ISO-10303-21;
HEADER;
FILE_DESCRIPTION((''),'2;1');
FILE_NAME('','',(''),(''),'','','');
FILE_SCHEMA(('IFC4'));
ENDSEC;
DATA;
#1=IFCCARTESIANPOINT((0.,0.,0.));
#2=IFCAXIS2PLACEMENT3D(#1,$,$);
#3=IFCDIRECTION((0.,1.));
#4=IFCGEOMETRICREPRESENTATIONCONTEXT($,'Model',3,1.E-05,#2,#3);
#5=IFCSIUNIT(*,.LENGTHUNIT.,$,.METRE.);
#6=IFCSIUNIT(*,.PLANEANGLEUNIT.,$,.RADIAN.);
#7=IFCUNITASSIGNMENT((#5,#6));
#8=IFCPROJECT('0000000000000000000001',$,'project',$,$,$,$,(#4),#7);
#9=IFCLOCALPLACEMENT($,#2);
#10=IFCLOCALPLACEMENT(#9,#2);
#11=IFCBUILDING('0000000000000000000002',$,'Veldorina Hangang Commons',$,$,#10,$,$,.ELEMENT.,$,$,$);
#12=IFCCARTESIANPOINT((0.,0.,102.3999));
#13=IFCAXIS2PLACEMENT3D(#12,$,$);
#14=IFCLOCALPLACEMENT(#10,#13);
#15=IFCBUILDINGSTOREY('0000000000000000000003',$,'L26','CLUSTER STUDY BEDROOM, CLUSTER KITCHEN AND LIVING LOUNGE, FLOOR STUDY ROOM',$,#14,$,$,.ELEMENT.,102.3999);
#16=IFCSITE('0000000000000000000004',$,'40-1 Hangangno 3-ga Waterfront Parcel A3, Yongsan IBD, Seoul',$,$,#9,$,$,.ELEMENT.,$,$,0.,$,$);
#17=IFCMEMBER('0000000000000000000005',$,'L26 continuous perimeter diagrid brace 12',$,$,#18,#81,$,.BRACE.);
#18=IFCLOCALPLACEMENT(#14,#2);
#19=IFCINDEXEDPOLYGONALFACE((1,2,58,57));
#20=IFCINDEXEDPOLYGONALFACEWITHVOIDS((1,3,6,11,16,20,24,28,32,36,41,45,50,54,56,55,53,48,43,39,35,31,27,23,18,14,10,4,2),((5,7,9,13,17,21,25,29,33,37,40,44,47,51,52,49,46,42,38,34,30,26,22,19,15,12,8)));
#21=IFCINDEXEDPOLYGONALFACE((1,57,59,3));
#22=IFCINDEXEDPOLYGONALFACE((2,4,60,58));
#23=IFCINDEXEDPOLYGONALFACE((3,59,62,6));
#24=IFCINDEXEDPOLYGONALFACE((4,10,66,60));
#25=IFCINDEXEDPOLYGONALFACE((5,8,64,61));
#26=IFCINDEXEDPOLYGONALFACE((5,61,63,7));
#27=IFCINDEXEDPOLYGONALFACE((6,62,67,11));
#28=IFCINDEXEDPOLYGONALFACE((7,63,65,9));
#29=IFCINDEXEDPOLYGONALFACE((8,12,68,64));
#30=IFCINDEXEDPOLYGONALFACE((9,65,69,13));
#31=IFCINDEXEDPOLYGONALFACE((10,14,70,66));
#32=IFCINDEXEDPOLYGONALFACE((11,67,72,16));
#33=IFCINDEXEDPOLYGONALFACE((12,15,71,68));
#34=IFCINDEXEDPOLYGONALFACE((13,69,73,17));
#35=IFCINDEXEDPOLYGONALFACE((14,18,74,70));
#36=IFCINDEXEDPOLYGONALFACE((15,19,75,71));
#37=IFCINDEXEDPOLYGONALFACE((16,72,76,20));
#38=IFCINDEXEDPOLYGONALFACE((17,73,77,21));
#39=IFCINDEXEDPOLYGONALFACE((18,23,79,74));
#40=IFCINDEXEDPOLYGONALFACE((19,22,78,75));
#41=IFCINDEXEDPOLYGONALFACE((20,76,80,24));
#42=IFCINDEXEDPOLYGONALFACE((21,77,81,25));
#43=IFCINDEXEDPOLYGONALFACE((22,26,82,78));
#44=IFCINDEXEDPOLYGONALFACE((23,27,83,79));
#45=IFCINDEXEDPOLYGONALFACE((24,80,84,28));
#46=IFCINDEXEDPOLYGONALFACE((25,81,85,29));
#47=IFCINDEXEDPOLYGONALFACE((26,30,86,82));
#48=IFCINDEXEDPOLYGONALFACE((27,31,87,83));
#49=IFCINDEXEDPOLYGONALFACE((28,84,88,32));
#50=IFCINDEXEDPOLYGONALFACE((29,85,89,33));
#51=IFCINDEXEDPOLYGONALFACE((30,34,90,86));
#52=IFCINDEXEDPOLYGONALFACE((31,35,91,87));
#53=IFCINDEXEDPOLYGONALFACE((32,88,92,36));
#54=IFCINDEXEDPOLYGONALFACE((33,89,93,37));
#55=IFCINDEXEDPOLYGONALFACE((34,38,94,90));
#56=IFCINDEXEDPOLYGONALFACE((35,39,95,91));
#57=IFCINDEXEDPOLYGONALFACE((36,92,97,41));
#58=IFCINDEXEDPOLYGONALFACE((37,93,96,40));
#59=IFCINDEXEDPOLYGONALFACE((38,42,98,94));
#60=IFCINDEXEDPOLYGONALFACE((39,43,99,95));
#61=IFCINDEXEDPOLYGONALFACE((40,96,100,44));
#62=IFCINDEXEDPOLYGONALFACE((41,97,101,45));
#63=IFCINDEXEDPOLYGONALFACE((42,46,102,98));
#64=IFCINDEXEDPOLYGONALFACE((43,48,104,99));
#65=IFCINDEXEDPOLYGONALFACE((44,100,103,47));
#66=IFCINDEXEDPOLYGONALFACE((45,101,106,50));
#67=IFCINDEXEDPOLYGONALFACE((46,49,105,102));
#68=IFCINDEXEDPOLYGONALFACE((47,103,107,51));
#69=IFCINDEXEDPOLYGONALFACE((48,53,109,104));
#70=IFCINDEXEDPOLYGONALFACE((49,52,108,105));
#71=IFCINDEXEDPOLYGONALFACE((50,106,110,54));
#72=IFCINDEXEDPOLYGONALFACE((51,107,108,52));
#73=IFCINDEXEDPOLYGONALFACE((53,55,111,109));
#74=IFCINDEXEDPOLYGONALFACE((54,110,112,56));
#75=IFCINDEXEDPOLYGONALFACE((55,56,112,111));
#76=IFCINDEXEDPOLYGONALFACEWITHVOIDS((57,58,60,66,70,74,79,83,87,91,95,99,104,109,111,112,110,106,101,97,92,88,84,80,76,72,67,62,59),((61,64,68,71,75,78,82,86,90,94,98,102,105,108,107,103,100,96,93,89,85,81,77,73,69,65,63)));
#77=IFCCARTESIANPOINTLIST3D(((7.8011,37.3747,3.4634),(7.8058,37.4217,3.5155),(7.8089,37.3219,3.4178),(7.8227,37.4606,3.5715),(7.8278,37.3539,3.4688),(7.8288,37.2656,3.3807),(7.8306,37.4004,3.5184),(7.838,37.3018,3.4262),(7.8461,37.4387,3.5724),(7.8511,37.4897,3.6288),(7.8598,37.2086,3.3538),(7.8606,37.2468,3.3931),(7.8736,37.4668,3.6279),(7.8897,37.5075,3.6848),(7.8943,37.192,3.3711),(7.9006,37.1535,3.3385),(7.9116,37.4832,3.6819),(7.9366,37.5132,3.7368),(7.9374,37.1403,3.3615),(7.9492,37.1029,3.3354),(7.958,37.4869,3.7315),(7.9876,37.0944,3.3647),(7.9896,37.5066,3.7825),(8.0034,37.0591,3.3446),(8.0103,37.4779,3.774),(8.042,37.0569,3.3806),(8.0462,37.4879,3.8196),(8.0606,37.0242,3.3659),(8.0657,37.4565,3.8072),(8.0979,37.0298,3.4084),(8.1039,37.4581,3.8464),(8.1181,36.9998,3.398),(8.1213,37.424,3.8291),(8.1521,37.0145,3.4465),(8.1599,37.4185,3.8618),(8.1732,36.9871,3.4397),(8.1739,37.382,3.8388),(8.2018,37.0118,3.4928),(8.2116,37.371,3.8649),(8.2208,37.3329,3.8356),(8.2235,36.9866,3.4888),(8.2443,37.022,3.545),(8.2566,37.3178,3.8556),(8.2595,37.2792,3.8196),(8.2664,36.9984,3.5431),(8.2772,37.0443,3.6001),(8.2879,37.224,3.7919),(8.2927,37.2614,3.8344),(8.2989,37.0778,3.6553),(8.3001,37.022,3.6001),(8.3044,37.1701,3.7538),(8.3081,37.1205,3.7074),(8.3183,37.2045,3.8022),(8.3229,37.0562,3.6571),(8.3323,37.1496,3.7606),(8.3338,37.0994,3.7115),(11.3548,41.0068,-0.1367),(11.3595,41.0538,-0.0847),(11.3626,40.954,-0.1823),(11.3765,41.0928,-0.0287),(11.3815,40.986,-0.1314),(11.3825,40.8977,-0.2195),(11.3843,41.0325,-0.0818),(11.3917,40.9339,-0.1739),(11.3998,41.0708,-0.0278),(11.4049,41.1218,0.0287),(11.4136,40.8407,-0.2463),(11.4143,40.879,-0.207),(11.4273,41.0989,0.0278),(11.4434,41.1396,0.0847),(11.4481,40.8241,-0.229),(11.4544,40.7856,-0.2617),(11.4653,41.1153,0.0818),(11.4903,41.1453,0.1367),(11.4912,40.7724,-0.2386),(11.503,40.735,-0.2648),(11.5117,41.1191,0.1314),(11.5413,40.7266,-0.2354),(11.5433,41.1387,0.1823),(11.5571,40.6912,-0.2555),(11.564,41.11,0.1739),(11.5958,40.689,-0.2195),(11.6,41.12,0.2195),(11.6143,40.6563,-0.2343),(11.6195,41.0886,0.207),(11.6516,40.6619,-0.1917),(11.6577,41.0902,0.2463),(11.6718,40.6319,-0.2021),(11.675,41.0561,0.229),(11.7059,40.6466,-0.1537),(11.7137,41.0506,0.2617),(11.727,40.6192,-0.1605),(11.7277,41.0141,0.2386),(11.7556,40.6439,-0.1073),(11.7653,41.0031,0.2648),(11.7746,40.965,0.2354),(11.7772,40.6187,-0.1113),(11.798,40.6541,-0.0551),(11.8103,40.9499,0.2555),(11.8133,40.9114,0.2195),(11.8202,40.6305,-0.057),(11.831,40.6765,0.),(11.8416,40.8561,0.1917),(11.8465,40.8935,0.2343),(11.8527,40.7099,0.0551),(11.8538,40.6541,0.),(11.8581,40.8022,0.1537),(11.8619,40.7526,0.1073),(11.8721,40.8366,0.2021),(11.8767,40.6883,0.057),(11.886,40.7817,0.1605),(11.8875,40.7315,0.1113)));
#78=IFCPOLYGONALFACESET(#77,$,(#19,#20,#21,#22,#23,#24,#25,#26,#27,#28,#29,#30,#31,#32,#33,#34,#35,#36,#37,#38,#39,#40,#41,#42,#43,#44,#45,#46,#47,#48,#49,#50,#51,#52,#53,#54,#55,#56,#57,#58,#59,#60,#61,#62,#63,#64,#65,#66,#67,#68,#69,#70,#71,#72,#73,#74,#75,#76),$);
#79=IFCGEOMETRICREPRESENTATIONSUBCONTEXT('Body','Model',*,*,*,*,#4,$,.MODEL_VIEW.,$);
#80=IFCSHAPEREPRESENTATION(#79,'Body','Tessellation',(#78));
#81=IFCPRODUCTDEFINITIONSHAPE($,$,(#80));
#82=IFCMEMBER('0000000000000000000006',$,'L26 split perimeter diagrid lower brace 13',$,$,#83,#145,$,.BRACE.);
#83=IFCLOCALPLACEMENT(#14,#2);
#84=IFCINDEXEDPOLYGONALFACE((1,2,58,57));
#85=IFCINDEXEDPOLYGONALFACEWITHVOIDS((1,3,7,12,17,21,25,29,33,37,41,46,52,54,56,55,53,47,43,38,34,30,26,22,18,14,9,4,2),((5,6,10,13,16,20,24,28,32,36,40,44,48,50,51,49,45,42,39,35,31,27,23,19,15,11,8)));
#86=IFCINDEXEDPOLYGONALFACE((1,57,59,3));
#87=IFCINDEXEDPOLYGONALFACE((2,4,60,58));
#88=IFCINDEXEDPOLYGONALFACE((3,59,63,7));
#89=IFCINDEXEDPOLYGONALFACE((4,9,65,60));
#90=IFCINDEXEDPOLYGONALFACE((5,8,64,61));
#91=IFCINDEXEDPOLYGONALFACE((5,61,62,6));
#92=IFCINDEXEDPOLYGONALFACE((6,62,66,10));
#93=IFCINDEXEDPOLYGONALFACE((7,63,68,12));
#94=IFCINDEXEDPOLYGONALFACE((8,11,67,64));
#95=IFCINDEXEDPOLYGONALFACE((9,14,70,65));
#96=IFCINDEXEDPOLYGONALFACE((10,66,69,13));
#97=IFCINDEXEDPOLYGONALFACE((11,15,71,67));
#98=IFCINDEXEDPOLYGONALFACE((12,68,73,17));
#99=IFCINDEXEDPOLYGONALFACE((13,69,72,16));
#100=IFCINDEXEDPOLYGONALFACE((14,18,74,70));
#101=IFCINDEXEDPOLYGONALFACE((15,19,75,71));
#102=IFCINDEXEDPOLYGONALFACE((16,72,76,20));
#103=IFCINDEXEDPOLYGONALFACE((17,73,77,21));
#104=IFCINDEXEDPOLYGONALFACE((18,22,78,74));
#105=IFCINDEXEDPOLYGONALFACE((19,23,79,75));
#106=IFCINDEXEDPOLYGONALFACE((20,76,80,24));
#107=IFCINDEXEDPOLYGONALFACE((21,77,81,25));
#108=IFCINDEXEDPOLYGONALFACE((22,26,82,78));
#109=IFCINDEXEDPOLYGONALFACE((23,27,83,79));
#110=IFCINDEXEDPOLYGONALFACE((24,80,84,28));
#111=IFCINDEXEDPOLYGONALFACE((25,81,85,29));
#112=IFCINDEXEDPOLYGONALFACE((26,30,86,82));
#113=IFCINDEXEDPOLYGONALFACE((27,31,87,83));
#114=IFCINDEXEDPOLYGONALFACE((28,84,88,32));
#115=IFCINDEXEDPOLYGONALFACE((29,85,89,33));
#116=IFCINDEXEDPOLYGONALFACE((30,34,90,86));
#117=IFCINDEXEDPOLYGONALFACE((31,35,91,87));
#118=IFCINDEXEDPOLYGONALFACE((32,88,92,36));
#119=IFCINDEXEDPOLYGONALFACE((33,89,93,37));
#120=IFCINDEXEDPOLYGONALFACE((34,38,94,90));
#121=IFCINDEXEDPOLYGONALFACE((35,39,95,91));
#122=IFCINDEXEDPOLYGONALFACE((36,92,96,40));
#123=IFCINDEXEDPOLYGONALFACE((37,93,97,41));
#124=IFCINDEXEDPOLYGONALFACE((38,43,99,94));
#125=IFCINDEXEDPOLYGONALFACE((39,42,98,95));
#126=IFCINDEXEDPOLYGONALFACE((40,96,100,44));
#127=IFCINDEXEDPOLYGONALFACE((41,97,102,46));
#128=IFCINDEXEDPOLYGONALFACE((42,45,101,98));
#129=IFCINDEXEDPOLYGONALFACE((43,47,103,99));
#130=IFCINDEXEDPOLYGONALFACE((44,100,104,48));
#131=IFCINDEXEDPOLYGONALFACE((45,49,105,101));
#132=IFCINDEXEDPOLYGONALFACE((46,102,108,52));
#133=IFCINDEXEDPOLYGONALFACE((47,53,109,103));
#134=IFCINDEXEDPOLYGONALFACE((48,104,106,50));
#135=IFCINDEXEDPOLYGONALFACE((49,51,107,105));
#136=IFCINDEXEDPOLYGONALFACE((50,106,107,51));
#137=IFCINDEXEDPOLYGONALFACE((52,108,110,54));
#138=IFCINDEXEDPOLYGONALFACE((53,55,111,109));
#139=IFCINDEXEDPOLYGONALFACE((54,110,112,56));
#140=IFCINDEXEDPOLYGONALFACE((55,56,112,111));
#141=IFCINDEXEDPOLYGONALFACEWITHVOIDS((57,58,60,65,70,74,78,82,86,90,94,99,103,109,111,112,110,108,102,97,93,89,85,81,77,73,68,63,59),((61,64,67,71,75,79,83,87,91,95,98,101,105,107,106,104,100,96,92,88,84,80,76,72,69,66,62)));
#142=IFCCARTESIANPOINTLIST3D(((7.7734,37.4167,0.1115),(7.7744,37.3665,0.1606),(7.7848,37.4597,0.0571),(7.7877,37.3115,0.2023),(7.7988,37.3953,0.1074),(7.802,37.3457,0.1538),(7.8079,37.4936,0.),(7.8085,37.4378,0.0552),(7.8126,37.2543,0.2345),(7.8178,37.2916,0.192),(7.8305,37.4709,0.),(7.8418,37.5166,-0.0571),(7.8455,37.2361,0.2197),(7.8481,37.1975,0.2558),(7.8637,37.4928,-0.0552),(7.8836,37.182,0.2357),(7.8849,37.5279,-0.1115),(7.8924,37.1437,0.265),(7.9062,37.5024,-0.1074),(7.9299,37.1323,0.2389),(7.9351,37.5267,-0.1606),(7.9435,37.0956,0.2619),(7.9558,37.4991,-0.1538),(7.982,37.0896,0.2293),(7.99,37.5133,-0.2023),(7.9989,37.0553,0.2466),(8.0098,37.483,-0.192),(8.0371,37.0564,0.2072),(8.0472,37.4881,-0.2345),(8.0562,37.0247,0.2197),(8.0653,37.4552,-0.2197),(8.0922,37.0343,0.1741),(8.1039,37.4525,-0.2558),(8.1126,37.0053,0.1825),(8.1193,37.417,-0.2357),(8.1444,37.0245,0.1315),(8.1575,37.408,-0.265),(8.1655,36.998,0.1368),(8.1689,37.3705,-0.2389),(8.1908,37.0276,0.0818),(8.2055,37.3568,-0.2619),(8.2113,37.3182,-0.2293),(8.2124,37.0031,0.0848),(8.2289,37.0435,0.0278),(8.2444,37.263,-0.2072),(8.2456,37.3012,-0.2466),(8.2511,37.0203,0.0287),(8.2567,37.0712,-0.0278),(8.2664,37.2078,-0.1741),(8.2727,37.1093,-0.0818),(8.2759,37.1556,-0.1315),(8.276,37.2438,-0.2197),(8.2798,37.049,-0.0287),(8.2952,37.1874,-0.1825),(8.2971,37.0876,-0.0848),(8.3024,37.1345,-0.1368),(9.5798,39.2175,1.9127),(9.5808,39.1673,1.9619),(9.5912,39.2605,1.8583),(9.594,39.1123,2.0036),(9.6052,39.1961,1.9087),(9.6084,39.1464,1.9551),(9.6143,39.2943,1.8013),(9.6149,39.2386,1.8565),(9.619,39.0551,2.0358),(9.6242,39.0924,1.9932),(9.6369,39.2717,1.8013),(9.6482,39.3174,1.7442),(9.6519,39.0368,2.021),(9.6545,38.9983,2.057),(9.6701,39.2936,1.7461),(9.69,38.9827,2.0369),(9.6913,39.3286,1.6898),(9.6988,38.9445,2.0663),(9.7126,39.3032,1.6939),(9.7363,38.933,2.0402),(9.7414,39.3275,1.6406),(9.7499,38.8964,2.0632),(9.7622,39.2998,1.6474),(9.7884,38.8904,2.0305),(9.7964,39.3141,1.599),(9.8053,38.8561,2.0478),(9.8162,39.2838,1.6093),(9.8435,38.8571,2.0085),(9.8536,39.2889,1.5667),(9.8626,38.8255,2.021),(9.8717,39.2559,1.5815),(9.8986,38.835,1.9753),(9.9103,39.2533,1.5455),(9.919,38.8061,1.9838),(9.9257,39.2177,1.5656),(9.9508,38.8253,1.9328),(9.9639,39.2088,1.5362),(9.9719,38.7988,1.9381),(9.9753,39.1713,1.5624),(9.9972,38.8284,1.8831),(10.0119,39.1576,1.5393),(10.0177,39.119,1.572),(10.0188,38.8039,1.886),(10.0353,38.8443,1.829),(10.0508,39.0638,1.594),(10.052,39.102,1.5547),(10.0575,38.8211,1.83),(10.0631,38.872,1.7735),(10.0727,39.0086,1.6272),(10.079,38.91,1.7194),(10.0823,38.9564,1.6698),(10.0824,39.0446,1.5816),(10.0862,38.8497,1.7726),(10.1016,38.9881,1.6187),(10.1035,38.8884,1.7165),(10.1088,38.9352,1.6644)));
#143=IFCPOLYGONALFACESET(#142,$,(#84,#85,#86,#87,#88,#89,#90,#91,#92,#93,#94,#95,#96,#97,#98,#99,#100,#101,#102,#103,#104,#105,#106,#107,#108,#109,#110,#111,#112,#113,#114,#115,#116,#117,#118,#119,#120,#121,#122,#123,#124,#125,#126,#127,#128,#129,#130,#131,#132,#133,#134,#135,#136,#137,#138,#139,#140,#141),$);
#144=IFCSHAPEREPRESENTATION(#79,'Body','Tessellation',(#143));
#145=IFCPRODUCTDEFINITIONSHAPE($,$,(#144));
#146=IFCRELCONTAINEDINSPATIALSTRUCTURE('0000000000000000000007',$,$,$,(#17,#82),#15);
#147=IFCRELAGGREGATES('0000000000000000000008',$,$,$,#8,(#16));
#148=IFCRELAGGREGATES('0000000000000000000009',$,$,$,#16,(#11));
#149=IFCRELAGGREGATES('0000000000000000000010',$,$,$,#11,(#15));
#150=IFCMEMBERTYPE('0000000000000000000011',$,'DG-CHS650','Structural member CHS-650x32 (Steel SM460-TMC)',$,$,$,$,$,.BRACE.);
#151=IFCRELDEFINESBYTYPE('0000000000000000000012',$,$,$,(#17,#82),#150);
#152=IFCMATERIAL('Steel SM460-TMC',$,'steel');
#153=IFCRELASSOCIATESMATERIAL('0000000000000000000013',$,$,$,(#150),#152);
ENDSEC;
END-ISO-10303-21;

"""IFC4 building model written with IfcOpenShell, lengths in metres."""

from ifc_helpers import new_model, si_unit, direction, frame, origin, origin_2d, place, context, subcontext, project, spatial, hollow_circle, extrude, material, material_profile, profile_set, type_object, element, save


model = new_model("IFC4")

# Units and contexts
model_context = context("Model", 3, precision=1e-05, world=origin(), true_north=direction((0.0, 1.0)))
body_context = subcontext(model_context, "Body", "Model", "MODEL_VIEW")
ifc_project = project(units=[si_unit("LENGTHUNIT", "METRE"), si_unit("PLANEANGLEUNIT", "RADIAN")], contexts=[model_context])

# Site, building, storey
site_placement = place(None, origin())
site = spatial("IfcSite", under=ifc_project, at=site_placement, Name="40-1 Hangangno 3-ga Waterfront Parcel A3, Yongsan IBD, Seoul", CompositionType="ELEMENT", RefElevation=0.0)
building_placement = place(site_placement, origin())
building = spatial("IfcBuilding", under=site, at=building_placement, Name="Veldorina Hangang Commons", CompositionType="ELEMENT")
storey_placement = place(building_placement, frame((0.0, 0.0, 102.3999)))
storey = spatial("IfcBuildingStorey", under=building, at=storey_placement, Name="L26", Description="CLUSTER STUDY BEDROOM, CLUSTER KITCHEN AND LIVING LOUNGE, FLOOR STUDY ROOM", CompositionType="ELEMENT", Elevation=102.3999)

# Members
ifc_material_1 = material(Name="Steel SM460-TMC", Category="steel")
ifc_material_profile_1 = material_profile(ifc_material_1, hollow_circle(Radius=0.325, WallThickness=0.032, at=origin_2d()), Name="CHS-650x32")
ifc_profile_set_1 = profile_set([ifc_material_profile_1], Name="Steel SM460-TMC")
member_type_1 = type_object("IfcMemberType", Name="DG-CHS650", Description="Structural member CHS-650x32 (Steel SM460-TMC)", PredefinedType="BRACE", material=ifc_profile_set_1)
member_1_placement = place(storey_placement, frame((11.6216, 40.8813, 0.0), z_axis=(-0.570649, -0.583234, 0.578098), x_axis=(0.714776, -0.699353, 0.0)))
element("IfcMember", 1, at=member_1_placement, inside=storey, type_object=member_type_1, Name="L26 continuous perimeter diagrid brace 12", PredefinedType="BRACE", context=body_context, shape_type="SweptSolid", body=[
    extrude(hollow_circle(Radius=0.325, WallThickness=0.032, at=origin_2d()), origin(), (0.0, 0.0, 1.0), 6.2275),
])
member_2_placement = place(storey_placement, frame((8.0374, 37.2634, 0.0), z_axis=(0.578496, 0.576698, 0.576855), x_axis=(-0.706005, 0.708207, 0.0)))
element("IfcMember", 2, at=member_2_placement, inside=storey, type_object=member_type_1, Name="L26 split perimeter diagrid lower brace 13", PredefinedType="BRACE", context=body_context, shape_type="SweptSolid", body=[
    extrude(hollow_circle(Radius=0.325, WallThickness=0.032, at=origin_2d()), origin(), (0.0, 0.0, 1.0), 3.1226),
])

save(model, "model.ifc")
